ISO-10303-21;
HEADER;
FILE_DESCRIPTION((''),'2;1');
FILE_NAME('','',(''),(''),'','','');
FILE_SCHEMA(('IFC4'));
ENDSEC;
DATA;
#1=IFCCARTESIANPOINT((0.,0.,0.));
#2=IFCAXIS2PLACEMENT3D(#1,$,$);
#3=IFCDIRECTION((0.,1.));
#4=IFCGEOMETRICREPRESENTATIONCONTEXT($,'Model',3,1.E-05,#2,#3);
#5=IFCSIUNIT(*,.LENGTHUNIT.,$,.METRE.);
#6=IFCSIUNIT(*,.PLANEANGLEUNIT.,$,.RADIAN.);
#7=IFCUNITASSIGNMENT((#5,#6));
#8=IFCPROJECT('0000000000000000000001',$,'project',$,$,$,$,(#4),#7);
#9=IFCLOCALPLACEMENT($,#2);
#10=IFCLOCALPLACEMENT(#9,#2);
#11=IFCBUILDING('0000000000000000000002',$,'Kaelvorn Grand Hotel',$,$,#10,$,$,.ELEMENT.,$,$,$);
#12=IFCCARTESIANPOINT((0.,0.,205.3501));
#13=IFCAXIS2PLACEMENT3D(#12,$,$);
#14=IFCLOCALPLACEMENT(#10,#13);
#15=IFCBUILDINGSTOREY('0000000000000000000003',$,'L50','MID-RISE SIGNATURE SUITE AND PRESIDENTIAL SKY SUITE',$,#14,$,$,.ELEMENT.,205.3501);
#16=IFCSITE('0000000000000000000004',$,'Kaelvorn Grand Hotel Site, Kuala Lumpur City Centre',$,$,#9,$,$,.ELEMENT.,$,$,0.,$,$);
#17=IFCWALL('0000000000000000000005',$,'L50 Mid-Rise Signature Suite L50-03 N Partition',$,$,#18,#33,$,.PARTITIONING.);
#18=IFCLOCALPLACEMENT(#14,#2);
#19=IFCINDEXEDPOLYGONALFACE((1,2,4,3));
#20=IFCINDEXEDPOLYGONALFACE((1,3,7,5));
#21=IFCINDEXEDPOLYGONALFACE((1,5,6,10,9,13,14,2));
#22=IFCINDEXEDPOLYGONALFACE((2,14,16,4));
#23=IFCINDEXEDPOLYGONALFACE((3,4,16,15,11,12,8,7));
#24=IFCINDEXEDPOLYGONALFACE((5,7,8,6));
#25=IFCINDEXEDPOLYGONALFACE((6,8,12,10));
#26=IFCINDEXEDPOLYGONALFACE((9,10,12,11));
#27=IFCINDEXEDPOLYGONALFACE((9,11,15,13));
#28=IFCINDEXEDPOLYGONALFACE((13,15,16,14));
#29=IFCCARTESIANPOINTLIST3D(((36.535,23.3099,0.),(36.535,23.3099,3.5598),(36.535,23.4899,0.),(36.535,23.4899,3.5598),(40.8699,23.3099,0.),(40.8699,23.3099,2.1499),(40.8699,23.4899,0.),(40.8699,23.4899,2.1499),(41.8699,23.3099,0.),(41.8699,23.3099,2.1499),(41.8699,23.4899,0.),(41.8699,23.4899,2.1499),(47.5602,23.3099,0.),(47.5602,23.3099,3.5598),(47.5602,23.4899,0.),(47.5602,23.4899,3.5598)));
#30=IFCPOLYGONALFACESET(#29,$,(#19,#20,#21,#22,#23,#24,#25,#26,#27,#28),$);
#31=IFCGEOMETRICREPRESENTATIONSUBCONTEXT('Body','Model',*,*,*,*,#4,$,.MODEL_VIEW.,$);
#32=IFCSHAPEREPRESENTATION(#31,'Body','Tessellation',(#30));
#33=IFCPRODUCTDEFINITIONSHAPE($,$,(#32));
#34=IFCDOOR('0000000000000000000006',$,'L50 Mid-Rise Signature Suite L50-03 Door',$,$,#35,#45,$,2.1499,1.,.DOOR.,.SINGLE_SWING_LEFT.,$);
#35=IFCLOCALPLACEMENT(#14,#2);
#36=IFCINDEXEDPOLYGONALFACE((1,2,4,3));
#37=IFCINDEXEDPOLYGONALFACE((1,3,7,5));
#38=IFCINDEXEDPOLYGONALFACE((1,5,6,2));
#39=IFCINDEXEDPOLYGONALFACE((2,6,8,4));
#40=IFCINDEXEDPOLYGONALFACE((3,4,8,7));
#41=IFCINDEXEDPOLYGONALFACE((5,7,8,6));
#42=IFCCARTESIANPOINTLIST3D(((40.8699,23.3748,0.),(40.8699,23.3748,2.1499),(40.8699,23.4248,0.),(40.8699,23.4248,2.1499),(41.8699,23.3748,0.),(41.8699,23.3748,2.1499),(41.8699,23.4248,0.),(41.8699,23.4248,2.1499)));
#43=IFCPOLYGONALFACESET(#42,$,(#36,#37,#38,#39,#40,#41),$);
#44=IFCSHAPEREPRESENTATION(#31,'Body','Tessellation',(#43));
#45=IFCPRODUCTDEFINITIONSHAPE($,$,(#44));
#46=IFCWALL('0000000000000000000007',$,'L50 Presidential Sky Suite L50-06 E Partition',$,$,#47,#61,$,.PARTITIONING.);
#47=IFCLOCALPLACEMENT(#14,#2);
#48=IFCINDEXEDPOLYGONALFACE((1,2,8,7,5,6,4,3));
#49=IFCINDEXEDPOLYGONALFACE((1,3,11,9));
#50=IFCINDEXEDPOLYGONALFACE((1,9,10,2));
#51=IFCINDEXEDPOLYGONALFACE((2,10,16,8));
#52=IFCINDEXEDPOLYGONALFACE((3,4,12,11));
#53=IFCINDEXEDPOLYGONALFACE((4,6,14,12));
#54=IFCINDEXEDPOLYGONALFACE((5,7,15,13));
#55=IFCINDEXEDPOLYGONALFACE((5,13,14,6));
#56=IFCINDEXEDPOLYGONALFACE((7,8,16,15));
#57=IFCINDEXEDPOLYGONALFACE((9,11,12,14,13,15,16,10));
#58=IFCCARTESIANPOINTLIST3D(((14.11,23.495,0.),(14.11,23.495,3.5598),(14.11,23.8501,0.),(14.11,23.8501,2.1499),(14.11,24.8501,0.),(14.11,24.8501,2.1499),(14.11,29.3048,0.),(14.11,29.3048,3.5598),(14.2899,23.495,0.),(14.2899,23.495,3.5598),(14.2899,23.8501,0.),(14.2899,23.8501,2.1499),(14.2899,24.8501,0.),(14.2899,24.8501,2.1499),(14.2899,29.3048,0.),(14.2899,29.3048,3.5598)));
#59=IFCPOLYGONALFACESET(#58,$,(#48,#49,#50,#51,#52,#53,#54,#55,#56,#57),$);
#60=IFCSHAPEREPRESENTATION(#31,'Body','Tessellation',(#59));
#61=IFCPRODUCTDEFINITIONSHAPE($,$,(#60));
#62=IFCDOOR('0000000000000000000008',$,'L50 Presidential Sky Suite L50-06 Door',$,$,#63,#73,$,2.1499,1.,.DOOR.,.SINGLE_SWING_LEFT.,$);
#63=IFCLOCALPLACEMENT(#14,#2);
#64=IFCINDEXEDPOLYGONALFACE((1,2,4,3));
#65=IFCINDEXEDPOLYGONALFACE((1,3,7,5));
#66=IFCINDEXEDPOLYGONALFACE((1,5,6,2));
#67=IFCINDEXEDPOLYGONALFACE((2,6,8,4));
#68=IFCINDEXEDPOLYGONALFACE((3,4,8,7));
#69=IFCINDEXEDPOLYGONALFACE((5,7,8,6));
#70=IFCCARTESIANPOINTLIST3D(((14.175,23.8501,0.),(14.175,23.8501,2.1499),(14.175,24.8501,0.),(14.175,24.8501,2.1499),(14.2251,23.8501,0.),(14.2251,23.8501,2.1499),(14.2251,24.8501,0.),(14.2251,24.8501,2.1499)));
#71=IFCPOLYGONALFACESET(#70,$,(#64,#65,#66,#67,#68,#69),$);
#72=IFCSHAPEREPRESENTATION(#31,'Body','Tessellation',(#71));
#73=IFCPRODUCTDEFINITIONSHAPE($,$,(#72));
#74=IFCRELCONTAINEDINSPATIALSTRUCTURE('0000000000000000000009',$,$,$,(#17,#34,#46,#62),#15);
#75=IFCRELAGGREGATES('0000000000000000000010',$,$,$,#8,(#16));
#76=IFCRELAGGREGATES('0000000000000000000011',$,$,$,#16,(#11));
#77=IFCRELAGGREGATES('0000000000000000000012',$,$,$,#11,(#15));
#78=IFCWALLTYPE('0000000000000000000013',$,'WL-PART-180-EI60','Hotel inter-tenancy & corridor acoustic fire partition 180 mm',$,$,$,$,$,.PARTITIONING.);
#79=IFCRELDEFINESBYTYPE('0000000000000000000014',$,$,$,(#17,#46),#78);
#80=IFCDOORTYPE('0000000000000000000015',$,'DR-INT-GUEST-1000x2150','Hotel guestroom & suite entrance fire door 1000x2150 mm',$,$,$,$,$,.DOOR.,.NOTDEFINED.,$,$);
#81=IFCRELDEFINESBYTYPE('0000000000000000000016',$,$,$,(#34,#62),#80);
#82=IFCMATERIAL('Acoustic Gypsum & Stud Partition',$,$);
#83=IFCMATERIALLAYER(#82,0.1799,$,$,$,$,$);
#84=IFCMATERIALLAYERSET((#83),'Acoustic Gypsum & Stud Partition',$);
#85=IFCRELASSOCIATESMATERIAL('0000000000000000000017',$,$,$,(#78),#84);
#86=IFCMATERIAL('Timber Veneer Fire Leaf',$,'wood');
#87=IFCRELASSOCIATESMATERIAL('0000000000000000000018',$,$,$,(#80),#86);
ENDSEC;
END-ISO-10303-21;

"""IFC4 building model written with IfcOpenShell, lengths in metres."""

from ifc_helpers import new_model, si_unit, direction, frame, frame_2d, origin, place, context, subcontext, project, spatial, rectangle, extrude, material, layer, layer_set, type_object, element, fill, save


model = new_model("IFC4")

# Units and contexts
model_context = context("Model", 3, precision=1e-05, world=origin(), true_north=direction((0.0, 1.0)))
body_context = subcontext(model_context, "Body", "Model", "MODEL_VIEW")
ifc_project = project(units=[si_unit("LENGTHUNIT", "METRE"), si_unit("PLANEANGLEUNIT", "RADIAN")], contexts=[model_context])

# Site, building, storey
site_placement = place(None, origin())
site = spatial("IfcSite", under=ifc_project, at=site_placement, Name="Kaelvorn Grand Hotel Site, Kuala Lumpur City Centre", CompositionType="ELEMENT", RefElevation=0.0)
building_placement = place(site_placement, origin())
building = spatial("IfcBuilding", under=site, at=building_placement, Name="Kaelvorn Grand Hotel", CompositionType="ELEMENT")
storey_placement = place(building_placement, frame((0.0, 0.0, 205.3501)))
storey = spatial("IfcBuildingStorey", under=building, at=storey_placement, Name="L50", Description="MID-RISE SIGNATURE SUITE AND PRESIDENTIAL SKY SUITE", CompositionType="ELEMENT", Elevation=205.3501)

# Walls, openings, doors
ifc_material_1 = material(Name="Acoustic Gypsum & Stud Partition")
ifc_layer_1 = layer(ifc_material_1, 0.1799)
ifc_layer_set_1 = layer_set([ifc_layer_1], Name="Acoustic Gypsum & Stud Partition")
wall_type_1 = type_object("IfcWallType", Name="WL-PART-180-EI60", Description="Hotel inter-tenancy & corridor acoustic fire partition 180 mm", PredefinedType="PARTITIONING", material=ifc_layer_set_1)
ifc_material_2 = material(Name="Timber Veneer Fire Leaf", Category="wood")
door_type_1 = type_object("IfcDoorType", Name="DR-INT-GUEST-1000x2150", Description="Hotel guestroom & suite entrance fire door 1000x2150 mm", OperationType="NOTDEFINED", PredefinedType="DOOR", material=ifc_material_2)
wall_1_placement = place(storey_placement, frame((36.5349, 23.3999, 0.0), z_axis=(0.0, 0.0, 1.0), x_axis=(1.0, 0.0, 0.0)))
wall_1 = element("IfcWall", 1, at=wall_1_placement, inside=storey, type_object=wall_type_1, Name="L50 Mid-Rise Signature Suite L50-03 N Partition", PredefinedType="PARTITIONING", context=body_context, shape_type="SweptSolid", body=[
    extrude(rectangle(XDim=11.0251, YDim=0.1799, at=frame_2d((5.5127, 0.0))), origin(), (0.0, 0.0, 1.0), 3.5598),
])
opening_1_placement = place(wall_1_placement, frame((4.335, 0.0, 0.0)))
opening_1 = element("IfcOpeningElement", 2, at=opening_1_placement, cuts=wall_1, PredefinedType="OPENING", context=body_context, shape_type="SweptSolid", body=[
    extrude(rectangle(XDim=1.0, YDim=2.1499, at=frame_2d((0.5, 1.075))), frame((0.0, 0.1001, 0.0), z_axis=(0.0, -1.0, 0.0), x_axis=(1.0, 0.0, 0.0)), (0.0, 0.0, 1.0), 0.2),
])
door_1_placement = place(opening_1_placement, origin())
door_1 = element("IfcDoor", 3, at=door_1_placement, inside=storey, type_object=door_type_1, Name="L50 Mid-Rise Signature Suite L50-03 Door", OperationType="SINGLE_SWING_LEFT", OverallHeight=2.1499, OverallWidth=1.0, PredefinedType="DOOR", context=body_context, shape_type="SweptSolid", body=[
    extrude(rectangle(XDim=1.0, YDim=2.1499, at=frame_2d((0.5, 1.075))), frame((0.0, 0.0249, 0.0), z_axis=(0.0, -1.0, 0.0), x_axis=(1.0, 0.0, 0.0)), (0.0, 0.0, 1.0), 0.05),
])
fill(opening_1, door_1)
wall_2_placement = place(storey_placement, frame((14.2, 23.4951, 0.0), z_axis=(0.0, 0.0, 1.0), x_axis=(0.0, 1.0, 0.0)))
wall_2 = element("IfcWall", 4, at=wall_2_placement, inside=storey, type_object=wall_type_1, Name="L50 Presidential Sky Suite L50-06 E Partition", PredefinedType="PARTITIONING", context=body_context, shape_type="SweptSolid", body=[
    extrude(rectangle(XDim=5.8098, YDim=0.1799, at=frame_2d((2.9048, 0.0))), origin(), (0.0, 0.0, 1.0), 3.5598),
])
opening_2_placement = place(wall_2_placement, frame((0.355, 0.0, 0.0)))
opening_2 = element("IfcOpeningElement", 5, at=opening_2_placement, cuts=wall_2, PredefinedType="OPENING", context=body_context, shape_type="SweptSolid", body=[
    extrude(rectangle(XDim=1.0, YDim=2.1499, at=frame_2d((0.5, 1.075))), frame((0.0, 0.1001, 0.0), z_axis=(0.0, -1.0, 0.0), x_axis=(1.0, 0.0, 0.0)), (0.0, 0.0, 1.0), 0.2),
])
door_2_placement = place(opening_2_placement, origin())
door_2 = element("IfcDoor", 6, at=door_2_placement, inside=storey, type_object=door_type_1, Name="L50 Presidential Sky Suite L50-06 Door", OperationType="SINGLE_SWING_LEFT", OverallHeight=2.1499, OverallWidth=1.0, PredefinedType="DOOR", context=body_context, shape_type="SweptSolid", body=[
    extrude(rectangle(XDim=1.0, YDim=2.1499, at=frame_2d((0.5, 1.075))), frame((0.0, 0.0249, 0.0), z_axis=(0.0, -1.0, 0.0), x_axis=(1.0, 0.0, 0.0)), (0.0, 0.0, 1.0), 0.05),
])
fill(opening_2, door_2)

save(model, "model.ifc")
